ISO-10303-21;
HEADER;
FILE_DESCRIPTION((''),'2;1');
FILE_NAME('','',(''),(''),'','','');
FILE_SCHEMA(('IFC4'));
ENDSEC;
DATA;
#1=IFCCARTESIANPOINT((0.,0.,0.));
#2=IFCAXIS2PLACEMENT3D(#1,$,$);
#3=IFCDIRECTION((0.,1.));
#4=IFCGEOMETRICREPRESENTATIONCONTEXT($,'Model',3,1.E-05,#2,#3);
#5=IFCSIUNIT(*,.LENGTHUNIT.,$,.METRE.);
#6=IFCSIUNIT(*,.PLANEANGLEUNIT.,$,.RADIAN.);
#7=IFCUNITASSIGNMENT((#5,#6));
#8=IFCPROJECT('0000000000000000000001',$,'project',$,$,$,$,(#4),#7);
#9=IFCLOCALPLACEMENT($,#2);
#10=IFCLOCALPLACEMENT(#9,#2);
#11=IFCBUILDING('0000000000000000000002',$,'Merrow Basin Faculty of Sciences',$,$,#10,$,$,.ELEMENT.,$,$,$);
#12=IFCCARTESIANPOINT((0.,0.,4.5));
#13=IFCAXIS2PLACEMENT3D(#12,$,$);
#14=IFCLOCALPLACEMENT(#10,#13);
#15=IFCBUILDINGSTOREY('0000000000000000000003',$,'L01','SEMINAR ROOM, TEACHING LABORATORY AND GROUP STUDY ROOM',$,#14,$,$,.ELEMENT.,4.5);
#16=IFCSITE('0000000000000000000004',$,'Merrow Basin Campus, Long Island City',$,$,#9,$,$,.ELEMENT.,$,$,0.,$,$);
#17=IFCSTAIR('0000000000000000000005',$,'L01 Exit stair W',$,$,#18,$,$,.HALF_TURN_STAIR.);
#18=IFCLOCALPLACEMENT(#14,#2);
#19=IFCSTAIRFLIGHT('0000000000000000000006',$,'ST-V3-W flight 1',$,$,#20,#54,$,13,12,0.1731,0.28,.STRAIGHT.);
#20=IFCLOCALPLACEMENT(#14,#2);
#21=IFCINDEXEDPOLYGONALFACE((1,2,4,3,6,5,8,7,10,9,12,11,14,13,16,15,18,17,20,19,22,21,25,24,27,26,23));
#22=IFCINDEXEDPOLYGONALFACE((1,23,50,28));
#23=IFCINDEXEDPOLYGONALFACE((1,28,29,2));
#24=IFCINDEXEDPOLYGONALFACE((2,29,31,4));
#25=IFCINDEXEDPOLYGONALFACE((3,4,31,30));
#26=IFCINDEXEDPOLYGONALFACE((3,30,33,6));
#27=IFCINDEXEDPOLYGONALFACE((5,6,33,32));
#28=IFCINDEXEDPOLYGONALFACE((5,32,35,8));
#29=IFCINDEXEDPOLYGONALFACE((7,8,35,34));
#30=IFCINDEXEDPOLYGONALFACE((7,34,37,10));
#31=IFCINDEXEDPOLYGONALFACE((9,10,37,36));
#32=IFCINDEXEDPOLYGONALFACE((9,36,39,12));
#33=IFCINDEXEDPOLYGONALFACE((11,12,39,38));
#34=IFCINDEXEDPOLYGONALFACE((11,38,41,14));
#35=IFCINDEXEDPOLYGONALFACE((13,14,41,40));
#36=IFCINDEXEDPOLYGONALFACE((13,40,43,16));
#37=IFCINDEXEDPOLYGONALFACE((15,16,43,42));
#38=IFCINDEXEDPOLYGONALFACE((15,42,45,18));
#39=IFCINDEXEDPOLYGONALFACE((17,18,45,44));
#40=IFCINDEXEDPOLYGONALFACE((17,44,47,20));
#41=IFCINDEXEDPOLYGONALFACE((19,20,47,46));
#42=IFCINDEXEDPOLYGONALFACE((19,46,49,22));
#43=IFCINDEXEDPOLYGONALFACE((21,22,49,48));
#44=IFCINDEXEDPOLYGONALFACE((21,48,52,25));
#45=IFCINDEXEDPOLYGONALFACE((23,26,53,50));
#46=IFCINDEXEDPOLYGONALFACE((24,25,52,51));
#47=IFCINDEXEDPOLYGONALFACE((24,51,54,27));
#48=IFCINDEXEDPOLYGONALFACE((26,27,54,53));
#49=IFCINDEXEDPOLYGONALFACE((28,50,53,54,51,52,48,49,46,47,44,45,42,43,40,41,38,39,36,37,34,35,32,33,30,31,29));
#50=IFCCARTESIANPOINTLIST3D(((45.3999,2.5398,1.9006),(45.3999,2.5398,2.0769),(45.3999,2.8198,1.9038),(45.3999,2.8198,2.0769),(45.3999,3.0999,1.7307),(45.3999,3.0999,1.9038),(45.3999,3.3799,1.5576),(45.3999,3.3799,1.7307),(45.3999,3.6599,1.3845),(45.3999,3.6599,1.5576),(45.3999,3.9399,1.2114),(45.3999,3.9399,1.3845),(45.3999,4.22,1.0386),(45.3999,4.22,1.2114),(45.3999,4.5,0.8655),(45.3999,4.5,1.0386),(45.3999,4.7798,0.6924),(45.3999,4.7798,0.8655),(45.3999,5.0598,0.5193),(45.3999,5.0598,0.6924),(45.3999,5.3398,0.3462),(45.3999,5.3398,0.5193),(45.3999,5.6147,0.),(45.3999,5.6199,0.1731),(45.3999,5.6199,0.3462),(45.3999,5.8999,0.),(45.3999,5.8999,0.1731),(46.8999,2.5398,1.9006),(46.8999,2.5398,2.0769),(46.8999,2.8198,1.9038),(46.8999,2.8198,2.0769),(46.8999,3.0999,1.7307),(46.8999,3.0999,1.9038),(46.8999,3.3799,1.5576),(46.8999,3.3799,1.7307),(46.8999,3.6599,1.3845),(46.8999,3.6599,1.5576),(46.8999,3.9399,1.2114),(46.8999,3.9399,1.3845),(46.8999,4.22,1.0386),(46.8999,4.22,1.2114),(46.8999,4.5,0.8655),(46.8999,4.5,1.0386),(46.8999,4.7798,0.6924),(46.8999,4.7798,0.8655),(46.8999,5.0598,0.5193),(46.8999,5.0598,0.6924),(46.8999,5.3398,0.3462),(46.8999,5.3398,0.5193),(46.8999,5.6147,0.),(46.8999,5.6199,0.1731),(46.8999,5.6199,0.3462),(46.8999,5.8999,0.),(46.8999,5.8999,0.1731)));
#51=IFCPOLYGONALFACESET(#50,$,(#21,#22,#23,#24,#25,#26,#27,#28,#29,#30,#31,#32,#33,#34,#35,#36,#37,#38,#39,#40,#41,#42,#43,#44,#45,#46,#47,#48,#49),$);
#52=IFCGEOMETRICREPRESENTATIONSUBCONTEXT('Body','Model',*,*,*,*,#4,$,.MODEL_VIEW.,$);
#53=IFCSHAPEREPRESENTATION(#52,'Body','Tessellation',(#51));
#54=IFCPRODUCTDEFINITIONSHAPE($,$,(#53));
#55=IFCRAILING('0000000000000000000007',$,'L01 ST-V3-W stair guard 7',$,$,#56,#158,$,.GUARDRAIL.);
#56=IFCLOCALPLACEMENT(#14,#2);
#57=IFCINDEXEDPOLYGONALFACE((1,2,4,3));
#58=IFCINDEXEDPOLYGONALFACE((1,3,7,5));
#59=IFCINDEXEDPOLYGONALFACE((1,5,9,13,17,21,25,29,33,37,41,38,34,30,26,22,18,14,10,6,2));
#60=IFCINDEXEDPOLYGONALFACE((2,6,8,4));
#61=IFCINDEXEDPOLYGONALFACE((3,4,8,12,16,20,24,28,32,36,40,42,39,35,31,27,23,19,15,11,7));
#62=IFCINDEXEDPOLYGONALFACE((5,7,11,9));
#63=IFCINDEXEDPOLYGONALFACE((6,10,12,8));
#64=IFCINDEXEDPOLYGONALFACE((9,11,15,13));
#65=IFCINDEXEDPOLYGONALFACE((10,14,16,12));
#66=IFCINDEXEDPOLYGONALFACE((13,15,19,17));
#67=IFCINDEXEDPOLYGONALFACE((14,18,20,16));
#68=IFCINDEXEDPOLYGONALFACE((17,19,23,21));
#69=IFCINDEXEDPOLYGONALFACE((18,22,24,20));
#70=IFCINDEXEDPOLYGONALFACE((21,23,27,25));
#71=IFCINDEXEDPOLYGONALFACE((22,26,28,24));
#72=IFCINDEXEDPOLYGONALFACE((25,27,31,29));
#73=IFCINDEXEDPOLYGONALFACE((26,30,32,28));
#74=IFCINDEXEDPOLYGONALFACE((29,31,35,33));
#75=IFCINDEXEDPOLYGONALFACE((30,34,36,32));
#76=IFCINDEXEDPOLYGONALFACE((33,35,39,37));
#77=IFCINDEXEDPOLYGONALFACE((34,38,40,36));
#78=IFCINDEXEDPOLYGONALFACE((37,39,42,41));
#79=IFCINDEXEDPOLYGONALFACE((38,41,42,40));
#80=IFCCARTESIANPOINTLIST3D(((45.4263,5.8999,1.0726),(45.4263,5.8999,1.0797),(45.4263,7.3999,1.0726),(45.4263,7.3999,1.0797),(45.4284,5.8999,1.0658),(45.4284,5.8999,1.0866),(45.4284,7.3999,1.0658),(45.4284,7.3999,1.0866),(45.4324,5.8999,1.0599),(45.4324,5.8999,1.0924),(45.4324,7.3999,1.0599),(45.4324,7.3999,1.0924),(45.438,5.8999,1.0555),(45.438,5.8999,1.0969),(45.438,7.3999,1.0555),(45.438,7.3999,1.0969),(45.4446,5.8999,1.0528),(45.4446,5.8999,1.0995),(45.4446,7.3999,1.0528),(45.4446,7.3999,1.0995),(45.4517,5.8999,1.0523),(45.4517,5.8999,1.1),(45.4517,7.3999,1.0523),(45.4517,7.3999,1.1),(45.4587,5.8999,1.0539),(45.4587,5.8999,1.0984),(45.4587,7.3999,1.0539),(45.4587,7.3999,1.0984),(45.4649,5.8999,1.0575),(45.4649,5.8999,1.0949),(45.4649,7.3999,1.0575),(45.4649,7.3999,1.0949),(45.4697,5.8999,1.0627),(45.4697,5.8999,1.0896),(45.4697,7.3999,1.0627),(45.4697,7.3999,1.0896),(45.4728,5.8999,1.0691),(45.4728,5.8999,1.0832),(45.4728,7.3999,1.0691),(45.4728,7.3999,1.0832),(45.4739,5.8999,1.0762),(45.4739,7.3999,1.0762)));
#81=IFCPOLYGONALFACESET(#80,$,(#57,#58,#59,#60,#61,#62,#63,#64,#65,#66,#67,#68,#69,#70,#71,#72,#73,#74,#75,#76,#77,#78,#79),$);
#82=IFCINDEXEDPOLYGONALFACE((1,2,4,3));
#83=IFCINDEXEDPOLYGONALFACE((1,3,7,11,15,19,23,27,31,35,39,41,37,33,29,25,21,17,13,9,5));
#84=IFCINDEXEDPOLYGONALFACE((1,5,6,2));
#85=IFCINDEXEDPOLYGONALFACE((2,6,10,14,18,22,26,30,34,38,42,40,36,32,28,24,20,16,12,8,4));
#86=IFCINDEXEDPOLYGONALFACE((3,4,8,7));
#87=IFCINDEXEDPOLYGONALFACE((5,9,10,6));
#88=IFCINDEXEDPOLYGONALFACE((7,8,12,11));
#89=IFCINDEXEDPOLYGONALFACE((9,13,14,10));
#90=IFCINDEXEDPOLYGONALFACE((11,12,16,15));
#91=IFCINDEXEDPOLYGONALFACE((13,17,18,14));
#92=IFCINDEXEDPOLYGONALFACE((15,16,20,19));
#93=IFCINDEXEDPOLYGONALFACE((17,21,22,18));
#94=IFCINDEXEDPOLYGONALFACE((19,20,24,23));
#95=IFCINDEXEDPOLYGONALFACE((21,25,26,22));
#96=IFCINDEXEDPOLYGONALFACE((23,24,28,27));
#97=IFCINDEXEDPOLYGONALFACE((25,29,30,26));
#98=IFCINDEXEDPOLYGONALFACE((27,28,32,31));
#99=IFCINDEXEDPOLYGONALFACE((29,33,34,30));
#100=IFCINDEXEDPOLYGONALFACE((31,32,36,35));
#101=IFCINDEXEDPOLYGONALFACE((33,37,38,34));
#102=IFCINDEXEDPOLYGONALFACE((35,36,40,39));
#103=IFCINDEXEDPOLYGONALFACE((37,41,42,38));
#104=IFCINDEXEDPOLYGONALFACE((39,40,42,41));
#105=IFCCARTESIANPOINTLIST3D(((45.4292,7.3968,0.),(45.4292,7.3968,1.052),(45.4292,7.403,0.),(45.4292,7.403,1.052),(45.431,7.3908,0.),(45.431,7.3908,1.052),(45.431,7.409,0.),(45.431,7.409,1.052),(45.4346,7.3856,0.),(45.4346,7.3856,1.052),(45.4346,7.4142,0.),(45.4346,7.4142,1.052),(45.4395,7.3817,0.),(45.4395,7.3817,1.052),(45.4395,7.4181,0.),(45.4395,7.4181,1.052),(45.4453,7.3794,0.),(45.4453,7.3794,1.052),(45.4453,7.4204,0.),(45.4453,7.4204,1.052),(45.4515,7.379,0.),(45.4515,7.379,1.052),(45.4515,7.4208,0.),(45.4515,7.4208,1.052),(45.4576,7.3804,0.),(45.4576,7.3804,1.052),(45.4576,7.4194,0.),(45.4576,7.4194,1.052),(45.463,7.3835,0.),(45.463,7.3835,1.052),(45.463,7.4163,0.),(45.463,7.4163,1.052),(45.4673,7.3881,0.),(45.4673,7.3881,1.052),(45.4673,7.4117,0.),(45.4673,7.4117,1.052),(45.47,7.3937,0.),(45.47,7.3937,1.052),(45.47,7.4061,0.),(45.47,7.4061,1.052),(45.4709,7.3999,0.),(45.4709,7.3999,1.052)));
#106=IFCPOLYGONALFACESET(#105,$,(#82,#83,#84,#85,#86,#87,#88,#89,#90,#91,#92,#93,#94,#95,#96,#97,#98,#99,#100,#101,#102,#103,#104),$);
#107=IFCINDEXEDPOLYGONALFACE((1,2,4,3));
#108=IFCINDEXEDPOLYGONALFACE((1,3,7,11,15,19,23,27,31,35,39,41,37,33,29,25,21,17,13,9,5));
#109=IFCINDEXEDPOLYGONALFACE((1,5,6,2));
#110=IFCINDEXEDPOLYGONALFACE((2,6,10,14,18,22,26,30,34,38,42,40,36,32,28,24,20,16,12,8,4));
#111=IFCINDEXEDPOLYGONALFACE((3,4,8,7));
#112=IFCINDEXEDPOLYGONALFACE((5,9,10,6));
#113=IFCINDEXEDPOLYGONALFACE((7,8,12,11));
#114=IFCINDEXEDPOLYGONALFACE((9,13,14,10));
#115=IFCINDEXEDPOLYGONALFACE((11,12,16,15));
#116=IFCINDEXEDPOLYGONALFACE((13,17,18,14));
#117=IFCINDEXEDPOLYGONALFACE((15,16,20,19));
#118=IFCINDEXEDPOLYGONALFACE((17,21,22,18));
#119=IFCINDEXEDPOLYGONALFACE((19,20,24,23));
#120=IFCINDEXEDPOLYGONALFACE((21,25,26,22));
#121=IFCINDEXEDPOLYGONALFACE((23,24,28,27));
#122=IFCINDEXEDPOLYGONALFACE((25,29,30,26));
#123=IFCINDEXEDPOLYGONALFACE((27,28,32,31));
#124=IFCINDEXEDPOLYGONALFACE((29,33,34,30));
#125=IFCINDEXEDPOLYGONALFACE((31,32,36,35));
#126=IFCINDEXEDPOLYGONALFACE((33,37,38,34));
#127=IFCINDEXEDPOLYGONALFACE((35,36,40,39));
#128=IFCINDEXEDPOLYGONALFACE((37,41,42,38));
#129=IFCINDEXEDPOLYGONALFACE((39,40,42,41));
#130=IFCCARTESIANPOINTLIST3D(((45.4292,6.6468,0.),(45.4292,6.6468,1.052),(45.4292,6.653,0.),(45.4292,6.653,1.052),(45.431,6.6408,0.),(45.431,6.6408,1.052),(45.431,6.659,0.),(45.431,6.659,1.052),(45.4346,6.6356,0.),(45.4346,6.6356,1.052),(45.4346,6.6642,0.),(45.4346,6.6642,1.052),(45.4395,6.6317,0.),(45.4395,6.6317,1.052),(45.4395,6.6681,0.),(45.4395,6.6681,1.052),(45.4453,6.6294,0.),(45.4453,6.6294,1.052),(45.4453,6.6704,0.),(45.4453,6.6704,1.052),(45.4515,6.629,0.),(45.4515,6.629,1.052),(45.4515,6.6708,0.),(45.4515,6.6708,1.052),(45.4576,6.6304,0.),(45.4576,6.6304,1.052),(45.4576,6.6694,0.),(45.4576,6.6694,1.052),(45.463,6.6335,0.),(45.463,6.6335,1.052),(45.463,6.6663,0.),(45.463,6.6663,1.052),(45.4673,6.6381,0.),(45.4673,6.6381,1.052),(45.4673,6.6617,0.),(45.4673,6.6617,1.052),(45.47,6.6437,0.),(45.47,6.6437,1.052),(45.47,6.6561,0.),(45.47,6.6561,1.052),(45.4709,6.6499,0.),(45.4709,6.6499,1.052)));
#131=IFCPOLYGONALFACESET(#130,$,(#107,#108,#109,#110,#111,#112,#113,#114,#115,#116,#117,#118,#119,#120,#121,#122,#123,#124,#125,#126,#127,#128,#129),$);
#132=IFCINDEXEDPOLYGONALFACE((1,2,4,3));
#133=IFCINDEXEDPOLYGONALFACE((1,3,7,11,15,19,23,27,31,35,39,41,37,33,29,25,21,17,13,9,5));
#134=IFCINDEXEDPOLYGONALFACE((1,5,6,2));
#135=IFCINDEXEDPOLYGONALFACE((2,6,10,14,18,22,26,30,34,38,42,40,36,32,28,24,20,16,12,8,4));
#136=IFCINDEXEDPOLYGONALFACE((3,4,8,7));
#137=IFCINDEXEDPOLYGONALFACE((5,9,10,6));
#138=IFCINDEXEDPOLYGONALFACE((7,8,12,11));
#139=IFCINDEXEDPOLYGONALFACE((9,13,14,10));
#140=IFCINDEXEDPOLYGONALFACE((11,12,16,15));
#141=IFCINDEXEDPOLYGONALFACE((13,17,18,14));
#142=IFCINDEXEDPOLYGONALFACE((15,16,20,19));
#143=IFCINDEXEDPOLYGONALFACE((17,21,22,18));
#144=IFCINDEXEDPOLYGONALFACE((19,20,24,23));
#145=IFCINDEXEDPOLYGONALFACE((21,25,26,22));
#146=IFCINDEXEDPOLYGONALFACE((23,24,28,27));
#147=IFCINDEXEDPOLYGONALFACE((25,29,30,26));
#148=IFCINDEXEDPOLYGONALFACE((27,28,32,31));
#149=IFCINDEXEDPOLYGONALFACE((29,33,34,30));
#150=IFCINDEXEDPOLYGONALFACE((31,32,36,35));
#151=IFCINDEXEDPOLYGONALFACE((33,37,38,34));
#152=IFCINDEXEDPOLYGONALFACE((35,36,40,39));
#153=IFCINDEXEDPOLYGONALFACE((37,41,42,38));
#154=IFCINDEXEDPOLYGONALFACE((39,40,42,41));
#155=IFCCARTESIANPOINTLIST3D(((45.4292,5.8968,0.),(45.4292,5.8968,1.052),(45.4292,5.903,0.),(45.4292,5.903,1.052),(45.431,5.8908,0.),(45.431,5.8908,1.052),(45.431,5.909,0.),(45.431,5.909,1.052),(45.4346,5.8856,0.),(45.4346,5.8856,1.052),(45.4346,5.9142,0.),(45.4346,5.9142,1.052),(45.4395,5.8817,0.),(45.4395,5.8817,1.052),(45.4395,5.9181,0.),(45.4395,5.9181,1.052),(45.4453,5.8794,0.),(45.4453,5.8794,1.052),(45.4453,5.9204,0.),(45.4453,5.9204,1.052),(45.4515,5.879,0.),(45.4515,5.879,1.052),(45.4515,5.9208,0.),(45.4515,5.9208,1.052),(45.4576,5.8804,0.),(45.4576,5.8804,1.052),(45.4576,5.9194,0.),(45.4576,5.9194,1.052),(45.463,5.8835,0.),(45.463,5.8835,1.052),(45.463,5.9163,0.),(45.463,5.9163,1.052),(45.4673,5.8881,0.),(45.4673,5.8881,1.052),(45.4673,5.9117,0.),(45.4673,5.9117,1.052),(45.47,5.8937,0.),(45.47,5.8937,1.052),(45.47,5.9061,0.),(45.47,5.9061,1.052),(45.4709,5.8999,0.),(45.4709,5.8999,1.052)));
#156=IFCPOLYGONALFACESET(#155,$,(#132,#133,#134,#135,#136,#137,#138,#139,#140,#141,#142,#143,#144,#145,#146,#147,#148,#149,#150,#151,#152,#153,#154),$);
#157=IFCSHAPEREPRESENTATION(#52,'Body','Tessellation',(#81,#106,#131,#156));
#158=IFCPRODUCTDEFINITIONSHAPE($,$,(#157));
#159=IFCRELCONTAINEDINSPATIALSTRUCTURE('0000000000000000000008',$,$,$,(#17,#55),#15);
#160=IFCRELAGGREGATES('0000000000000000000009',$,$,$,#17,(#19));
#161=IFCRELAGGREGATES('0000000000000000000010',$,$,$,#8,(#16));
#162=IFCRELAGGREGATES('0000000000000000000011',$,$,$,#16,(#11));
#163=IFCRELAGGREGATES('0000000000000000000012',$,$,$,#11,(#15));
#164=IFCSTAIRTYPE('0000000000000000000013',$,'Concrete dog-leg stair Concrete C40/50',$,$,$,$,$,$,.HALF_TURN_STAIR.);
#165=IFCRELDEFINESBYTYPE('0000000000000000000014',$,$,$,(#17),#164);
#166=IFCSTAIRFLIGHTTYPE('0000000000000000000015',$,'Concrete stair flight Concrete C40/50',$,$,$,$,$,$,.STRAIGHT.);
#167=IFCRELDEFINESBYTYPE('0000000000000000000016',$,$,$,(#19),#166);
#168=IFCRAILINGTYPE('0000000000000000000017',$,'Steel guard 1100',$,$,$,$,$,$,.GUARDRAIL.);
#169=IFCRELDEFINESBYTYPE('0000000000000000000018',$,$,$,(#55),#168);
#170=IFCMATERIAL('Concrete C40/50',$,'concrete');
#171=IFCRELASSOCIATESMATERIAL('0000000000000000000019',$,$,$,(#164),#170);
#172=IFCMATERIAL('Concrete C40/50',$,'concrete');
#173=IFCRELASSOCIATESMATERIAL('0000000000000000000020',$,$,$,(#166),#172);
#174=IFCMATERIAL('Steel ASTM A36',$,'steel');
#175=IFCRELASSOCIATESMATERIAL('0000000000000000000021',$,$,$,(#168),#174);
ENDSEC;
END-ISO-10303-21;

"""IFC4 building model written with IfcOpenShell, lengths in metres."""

from ifc_helpers import new_model, si_unit, direction, frame, origin, origin_2d, place, context, subcontext, project, spatial, polyline, circle, outline, extrude, material, type_object, element, aggregate, save


model = new_model("IFC4")

# Units and contexts
model_context = context("Model", 3, precision=1e-05, world=origin(), true_north=direction((0.0, 1.0)))
body_context = subcontext(model_context, "Body", "Model", "MODEL_VIEW")
ifc_project = project(units=[si_unit("LENGTHUNIT", "METRE"), si_unit("PLANEANGLEUNIT", "RADIAN")], contexts=[model_context])

# Site, building, storey
site_placement = place(None, origin())
site = spatial("IfcSite", under=ifc_project, at=site_placement, Name="Merrow Basin Campus, Long Island City", CompositionType="ELEMENT", RefElevation=0.0)
building_placement = place(site_placement, origin())
building = spatial("IfcBuilding", under=site, at=building_placement, Name="Merrow Basin Faculty of Sciences", CompositionType="ELEMENT")
storey_placement = place(building_placement, frame((0.0, 0.0, 4.5)))
storey = spatial("IfcBuildingStorey", under=building, at=storey_placement, Name="L01", Description="SEMINAR ROOM, TEACHING LABORATORY AND GROUP STUDY ROOM", CompositionType="ELEMENT", Elevation=4.5)

# Stair, stair flight
ifc_material_1 = material(Name="Concrete C40/50", Category="concrete")
stair_type = type_object("IfcStairType", Name="Concrete dog-leg stair Concrete C40/50", PredefinedType="HALF_TURN_STAIR", material=ifc_material_1)
stair_placement = place(storey_placement, origin())
stair = element("IfcStair", 1, at=stair_placement, inside=storey, type_object=stair_type, Name="L01 Exit stair W", PredefinedType="HALF_TURN_STAIR")
ifc_material_2 = material(Name="Concrete C40/50", Category="concrete")
stair_flight_type = type_object("IfcStairFlightType", Name="Concrete stair flight Concrete C40/50", PredefinedType="STRAIGHT", material=ifc_material_2)
stair_flight_placement = place(storey_placement, frame((46.1499, 5.8999, 0.0), z_axis=(0.0, 0.0, 1.0), x_axis=(0.0, -1.0, 0.0)))
stair_flight = element("IfcStairFlight", 2, at=stair_flight_placement, type_object=stair_flight_type, Name="ST-V3-W flight 1", NumberOfRisers=13, NumberOfTreads=12, PredefinedType="STRAIGHT", RiserHeight=0.1731, TreadLength=0.28, context=body_context, shape_type="SweptSolid", body=[
    extrude(outline(polyline([(0.0, 0.0), (0.0, 0.1731), (0.28, 0.1731), (0.28, 0.3462), (0.5601, 0.3462), (0.5601, 0.5193), (0.8401, 0.5193), (0.8401, 0.6924), (1.1201, 0.6924), (1.1201, 0.8655), (1.3999, 0.8655), (1.3999, 1.0386), (1.6799, 1.0386), (1.6799, 1.2114), (1.96, 1.2114), (1.96, 1.3845), (2.24, 1.3845), (2.24, 1.5576), (2.52, 1.5576), (2.52, 1.7307), (2.8, 1.7307), (2.8, 1.9038), (3.0801, 1.9038), (3.0801, 2.0769), (3.3601, 2.0769), (3.3601, 2.25), (3.3601, 1.9006), (0.2852, 0.0), (0.0, 0.0)])), frame((0.0, 0.75, 0.0), z_axis=(0.0, -1.0, 0.0), x_axis=(1.0, 0.0, 0.0)), (0.0, 0.0, 1.0), 1.5),
])
aggregate(stair, [stair_flight])

# Railing
ifc_material_3 = material(Name="Steel ASTM A36", Category="steel")
railing_type_1 = type_object("IfcRailingType", Name="Steel guard 1100", PredefinedType="GUARDRAIL", material=ifc_material_3)
railing_1_placement = place(storey_placement, frame((45.45, 7.3999, 0.0)))
element("IfcRailing", 3, at=railing_1_placement, inside=storey, type_object=railing_type_1, Name="L01 ST-V3-W stair guard 7", PredefinedType="GUARDRAIL", context=body_context, shape_type="SweptSolid", body=[
    extrude(circle(Radius=0.0239, at=origin_2d()), frame((0.0, 0.0, 1.0762), z_axis=(0.0, -1.0, 0.0), x_axis=(1.0, 0.0, 0.0)), (0.0, 0.0, 1.0), 1.5),
    extrude(circle(Radius=0.021, at=origin_2d()), origin(), (0.0, 0.0, 1.0), 1.052),
    extrude(circle(Radius=0.021, at=origin_2d()), frame((0.0, -0.75, 0.0)), (0.0, 0.0, 1.0), 1.052),
    extrude(circle(Radius=0.021, at=origin_2d()), frame((0.0, -1.5, 0.0)), (0.0, 0.0, 1.0), 1.052),
])

save(model, "model.ifc")
